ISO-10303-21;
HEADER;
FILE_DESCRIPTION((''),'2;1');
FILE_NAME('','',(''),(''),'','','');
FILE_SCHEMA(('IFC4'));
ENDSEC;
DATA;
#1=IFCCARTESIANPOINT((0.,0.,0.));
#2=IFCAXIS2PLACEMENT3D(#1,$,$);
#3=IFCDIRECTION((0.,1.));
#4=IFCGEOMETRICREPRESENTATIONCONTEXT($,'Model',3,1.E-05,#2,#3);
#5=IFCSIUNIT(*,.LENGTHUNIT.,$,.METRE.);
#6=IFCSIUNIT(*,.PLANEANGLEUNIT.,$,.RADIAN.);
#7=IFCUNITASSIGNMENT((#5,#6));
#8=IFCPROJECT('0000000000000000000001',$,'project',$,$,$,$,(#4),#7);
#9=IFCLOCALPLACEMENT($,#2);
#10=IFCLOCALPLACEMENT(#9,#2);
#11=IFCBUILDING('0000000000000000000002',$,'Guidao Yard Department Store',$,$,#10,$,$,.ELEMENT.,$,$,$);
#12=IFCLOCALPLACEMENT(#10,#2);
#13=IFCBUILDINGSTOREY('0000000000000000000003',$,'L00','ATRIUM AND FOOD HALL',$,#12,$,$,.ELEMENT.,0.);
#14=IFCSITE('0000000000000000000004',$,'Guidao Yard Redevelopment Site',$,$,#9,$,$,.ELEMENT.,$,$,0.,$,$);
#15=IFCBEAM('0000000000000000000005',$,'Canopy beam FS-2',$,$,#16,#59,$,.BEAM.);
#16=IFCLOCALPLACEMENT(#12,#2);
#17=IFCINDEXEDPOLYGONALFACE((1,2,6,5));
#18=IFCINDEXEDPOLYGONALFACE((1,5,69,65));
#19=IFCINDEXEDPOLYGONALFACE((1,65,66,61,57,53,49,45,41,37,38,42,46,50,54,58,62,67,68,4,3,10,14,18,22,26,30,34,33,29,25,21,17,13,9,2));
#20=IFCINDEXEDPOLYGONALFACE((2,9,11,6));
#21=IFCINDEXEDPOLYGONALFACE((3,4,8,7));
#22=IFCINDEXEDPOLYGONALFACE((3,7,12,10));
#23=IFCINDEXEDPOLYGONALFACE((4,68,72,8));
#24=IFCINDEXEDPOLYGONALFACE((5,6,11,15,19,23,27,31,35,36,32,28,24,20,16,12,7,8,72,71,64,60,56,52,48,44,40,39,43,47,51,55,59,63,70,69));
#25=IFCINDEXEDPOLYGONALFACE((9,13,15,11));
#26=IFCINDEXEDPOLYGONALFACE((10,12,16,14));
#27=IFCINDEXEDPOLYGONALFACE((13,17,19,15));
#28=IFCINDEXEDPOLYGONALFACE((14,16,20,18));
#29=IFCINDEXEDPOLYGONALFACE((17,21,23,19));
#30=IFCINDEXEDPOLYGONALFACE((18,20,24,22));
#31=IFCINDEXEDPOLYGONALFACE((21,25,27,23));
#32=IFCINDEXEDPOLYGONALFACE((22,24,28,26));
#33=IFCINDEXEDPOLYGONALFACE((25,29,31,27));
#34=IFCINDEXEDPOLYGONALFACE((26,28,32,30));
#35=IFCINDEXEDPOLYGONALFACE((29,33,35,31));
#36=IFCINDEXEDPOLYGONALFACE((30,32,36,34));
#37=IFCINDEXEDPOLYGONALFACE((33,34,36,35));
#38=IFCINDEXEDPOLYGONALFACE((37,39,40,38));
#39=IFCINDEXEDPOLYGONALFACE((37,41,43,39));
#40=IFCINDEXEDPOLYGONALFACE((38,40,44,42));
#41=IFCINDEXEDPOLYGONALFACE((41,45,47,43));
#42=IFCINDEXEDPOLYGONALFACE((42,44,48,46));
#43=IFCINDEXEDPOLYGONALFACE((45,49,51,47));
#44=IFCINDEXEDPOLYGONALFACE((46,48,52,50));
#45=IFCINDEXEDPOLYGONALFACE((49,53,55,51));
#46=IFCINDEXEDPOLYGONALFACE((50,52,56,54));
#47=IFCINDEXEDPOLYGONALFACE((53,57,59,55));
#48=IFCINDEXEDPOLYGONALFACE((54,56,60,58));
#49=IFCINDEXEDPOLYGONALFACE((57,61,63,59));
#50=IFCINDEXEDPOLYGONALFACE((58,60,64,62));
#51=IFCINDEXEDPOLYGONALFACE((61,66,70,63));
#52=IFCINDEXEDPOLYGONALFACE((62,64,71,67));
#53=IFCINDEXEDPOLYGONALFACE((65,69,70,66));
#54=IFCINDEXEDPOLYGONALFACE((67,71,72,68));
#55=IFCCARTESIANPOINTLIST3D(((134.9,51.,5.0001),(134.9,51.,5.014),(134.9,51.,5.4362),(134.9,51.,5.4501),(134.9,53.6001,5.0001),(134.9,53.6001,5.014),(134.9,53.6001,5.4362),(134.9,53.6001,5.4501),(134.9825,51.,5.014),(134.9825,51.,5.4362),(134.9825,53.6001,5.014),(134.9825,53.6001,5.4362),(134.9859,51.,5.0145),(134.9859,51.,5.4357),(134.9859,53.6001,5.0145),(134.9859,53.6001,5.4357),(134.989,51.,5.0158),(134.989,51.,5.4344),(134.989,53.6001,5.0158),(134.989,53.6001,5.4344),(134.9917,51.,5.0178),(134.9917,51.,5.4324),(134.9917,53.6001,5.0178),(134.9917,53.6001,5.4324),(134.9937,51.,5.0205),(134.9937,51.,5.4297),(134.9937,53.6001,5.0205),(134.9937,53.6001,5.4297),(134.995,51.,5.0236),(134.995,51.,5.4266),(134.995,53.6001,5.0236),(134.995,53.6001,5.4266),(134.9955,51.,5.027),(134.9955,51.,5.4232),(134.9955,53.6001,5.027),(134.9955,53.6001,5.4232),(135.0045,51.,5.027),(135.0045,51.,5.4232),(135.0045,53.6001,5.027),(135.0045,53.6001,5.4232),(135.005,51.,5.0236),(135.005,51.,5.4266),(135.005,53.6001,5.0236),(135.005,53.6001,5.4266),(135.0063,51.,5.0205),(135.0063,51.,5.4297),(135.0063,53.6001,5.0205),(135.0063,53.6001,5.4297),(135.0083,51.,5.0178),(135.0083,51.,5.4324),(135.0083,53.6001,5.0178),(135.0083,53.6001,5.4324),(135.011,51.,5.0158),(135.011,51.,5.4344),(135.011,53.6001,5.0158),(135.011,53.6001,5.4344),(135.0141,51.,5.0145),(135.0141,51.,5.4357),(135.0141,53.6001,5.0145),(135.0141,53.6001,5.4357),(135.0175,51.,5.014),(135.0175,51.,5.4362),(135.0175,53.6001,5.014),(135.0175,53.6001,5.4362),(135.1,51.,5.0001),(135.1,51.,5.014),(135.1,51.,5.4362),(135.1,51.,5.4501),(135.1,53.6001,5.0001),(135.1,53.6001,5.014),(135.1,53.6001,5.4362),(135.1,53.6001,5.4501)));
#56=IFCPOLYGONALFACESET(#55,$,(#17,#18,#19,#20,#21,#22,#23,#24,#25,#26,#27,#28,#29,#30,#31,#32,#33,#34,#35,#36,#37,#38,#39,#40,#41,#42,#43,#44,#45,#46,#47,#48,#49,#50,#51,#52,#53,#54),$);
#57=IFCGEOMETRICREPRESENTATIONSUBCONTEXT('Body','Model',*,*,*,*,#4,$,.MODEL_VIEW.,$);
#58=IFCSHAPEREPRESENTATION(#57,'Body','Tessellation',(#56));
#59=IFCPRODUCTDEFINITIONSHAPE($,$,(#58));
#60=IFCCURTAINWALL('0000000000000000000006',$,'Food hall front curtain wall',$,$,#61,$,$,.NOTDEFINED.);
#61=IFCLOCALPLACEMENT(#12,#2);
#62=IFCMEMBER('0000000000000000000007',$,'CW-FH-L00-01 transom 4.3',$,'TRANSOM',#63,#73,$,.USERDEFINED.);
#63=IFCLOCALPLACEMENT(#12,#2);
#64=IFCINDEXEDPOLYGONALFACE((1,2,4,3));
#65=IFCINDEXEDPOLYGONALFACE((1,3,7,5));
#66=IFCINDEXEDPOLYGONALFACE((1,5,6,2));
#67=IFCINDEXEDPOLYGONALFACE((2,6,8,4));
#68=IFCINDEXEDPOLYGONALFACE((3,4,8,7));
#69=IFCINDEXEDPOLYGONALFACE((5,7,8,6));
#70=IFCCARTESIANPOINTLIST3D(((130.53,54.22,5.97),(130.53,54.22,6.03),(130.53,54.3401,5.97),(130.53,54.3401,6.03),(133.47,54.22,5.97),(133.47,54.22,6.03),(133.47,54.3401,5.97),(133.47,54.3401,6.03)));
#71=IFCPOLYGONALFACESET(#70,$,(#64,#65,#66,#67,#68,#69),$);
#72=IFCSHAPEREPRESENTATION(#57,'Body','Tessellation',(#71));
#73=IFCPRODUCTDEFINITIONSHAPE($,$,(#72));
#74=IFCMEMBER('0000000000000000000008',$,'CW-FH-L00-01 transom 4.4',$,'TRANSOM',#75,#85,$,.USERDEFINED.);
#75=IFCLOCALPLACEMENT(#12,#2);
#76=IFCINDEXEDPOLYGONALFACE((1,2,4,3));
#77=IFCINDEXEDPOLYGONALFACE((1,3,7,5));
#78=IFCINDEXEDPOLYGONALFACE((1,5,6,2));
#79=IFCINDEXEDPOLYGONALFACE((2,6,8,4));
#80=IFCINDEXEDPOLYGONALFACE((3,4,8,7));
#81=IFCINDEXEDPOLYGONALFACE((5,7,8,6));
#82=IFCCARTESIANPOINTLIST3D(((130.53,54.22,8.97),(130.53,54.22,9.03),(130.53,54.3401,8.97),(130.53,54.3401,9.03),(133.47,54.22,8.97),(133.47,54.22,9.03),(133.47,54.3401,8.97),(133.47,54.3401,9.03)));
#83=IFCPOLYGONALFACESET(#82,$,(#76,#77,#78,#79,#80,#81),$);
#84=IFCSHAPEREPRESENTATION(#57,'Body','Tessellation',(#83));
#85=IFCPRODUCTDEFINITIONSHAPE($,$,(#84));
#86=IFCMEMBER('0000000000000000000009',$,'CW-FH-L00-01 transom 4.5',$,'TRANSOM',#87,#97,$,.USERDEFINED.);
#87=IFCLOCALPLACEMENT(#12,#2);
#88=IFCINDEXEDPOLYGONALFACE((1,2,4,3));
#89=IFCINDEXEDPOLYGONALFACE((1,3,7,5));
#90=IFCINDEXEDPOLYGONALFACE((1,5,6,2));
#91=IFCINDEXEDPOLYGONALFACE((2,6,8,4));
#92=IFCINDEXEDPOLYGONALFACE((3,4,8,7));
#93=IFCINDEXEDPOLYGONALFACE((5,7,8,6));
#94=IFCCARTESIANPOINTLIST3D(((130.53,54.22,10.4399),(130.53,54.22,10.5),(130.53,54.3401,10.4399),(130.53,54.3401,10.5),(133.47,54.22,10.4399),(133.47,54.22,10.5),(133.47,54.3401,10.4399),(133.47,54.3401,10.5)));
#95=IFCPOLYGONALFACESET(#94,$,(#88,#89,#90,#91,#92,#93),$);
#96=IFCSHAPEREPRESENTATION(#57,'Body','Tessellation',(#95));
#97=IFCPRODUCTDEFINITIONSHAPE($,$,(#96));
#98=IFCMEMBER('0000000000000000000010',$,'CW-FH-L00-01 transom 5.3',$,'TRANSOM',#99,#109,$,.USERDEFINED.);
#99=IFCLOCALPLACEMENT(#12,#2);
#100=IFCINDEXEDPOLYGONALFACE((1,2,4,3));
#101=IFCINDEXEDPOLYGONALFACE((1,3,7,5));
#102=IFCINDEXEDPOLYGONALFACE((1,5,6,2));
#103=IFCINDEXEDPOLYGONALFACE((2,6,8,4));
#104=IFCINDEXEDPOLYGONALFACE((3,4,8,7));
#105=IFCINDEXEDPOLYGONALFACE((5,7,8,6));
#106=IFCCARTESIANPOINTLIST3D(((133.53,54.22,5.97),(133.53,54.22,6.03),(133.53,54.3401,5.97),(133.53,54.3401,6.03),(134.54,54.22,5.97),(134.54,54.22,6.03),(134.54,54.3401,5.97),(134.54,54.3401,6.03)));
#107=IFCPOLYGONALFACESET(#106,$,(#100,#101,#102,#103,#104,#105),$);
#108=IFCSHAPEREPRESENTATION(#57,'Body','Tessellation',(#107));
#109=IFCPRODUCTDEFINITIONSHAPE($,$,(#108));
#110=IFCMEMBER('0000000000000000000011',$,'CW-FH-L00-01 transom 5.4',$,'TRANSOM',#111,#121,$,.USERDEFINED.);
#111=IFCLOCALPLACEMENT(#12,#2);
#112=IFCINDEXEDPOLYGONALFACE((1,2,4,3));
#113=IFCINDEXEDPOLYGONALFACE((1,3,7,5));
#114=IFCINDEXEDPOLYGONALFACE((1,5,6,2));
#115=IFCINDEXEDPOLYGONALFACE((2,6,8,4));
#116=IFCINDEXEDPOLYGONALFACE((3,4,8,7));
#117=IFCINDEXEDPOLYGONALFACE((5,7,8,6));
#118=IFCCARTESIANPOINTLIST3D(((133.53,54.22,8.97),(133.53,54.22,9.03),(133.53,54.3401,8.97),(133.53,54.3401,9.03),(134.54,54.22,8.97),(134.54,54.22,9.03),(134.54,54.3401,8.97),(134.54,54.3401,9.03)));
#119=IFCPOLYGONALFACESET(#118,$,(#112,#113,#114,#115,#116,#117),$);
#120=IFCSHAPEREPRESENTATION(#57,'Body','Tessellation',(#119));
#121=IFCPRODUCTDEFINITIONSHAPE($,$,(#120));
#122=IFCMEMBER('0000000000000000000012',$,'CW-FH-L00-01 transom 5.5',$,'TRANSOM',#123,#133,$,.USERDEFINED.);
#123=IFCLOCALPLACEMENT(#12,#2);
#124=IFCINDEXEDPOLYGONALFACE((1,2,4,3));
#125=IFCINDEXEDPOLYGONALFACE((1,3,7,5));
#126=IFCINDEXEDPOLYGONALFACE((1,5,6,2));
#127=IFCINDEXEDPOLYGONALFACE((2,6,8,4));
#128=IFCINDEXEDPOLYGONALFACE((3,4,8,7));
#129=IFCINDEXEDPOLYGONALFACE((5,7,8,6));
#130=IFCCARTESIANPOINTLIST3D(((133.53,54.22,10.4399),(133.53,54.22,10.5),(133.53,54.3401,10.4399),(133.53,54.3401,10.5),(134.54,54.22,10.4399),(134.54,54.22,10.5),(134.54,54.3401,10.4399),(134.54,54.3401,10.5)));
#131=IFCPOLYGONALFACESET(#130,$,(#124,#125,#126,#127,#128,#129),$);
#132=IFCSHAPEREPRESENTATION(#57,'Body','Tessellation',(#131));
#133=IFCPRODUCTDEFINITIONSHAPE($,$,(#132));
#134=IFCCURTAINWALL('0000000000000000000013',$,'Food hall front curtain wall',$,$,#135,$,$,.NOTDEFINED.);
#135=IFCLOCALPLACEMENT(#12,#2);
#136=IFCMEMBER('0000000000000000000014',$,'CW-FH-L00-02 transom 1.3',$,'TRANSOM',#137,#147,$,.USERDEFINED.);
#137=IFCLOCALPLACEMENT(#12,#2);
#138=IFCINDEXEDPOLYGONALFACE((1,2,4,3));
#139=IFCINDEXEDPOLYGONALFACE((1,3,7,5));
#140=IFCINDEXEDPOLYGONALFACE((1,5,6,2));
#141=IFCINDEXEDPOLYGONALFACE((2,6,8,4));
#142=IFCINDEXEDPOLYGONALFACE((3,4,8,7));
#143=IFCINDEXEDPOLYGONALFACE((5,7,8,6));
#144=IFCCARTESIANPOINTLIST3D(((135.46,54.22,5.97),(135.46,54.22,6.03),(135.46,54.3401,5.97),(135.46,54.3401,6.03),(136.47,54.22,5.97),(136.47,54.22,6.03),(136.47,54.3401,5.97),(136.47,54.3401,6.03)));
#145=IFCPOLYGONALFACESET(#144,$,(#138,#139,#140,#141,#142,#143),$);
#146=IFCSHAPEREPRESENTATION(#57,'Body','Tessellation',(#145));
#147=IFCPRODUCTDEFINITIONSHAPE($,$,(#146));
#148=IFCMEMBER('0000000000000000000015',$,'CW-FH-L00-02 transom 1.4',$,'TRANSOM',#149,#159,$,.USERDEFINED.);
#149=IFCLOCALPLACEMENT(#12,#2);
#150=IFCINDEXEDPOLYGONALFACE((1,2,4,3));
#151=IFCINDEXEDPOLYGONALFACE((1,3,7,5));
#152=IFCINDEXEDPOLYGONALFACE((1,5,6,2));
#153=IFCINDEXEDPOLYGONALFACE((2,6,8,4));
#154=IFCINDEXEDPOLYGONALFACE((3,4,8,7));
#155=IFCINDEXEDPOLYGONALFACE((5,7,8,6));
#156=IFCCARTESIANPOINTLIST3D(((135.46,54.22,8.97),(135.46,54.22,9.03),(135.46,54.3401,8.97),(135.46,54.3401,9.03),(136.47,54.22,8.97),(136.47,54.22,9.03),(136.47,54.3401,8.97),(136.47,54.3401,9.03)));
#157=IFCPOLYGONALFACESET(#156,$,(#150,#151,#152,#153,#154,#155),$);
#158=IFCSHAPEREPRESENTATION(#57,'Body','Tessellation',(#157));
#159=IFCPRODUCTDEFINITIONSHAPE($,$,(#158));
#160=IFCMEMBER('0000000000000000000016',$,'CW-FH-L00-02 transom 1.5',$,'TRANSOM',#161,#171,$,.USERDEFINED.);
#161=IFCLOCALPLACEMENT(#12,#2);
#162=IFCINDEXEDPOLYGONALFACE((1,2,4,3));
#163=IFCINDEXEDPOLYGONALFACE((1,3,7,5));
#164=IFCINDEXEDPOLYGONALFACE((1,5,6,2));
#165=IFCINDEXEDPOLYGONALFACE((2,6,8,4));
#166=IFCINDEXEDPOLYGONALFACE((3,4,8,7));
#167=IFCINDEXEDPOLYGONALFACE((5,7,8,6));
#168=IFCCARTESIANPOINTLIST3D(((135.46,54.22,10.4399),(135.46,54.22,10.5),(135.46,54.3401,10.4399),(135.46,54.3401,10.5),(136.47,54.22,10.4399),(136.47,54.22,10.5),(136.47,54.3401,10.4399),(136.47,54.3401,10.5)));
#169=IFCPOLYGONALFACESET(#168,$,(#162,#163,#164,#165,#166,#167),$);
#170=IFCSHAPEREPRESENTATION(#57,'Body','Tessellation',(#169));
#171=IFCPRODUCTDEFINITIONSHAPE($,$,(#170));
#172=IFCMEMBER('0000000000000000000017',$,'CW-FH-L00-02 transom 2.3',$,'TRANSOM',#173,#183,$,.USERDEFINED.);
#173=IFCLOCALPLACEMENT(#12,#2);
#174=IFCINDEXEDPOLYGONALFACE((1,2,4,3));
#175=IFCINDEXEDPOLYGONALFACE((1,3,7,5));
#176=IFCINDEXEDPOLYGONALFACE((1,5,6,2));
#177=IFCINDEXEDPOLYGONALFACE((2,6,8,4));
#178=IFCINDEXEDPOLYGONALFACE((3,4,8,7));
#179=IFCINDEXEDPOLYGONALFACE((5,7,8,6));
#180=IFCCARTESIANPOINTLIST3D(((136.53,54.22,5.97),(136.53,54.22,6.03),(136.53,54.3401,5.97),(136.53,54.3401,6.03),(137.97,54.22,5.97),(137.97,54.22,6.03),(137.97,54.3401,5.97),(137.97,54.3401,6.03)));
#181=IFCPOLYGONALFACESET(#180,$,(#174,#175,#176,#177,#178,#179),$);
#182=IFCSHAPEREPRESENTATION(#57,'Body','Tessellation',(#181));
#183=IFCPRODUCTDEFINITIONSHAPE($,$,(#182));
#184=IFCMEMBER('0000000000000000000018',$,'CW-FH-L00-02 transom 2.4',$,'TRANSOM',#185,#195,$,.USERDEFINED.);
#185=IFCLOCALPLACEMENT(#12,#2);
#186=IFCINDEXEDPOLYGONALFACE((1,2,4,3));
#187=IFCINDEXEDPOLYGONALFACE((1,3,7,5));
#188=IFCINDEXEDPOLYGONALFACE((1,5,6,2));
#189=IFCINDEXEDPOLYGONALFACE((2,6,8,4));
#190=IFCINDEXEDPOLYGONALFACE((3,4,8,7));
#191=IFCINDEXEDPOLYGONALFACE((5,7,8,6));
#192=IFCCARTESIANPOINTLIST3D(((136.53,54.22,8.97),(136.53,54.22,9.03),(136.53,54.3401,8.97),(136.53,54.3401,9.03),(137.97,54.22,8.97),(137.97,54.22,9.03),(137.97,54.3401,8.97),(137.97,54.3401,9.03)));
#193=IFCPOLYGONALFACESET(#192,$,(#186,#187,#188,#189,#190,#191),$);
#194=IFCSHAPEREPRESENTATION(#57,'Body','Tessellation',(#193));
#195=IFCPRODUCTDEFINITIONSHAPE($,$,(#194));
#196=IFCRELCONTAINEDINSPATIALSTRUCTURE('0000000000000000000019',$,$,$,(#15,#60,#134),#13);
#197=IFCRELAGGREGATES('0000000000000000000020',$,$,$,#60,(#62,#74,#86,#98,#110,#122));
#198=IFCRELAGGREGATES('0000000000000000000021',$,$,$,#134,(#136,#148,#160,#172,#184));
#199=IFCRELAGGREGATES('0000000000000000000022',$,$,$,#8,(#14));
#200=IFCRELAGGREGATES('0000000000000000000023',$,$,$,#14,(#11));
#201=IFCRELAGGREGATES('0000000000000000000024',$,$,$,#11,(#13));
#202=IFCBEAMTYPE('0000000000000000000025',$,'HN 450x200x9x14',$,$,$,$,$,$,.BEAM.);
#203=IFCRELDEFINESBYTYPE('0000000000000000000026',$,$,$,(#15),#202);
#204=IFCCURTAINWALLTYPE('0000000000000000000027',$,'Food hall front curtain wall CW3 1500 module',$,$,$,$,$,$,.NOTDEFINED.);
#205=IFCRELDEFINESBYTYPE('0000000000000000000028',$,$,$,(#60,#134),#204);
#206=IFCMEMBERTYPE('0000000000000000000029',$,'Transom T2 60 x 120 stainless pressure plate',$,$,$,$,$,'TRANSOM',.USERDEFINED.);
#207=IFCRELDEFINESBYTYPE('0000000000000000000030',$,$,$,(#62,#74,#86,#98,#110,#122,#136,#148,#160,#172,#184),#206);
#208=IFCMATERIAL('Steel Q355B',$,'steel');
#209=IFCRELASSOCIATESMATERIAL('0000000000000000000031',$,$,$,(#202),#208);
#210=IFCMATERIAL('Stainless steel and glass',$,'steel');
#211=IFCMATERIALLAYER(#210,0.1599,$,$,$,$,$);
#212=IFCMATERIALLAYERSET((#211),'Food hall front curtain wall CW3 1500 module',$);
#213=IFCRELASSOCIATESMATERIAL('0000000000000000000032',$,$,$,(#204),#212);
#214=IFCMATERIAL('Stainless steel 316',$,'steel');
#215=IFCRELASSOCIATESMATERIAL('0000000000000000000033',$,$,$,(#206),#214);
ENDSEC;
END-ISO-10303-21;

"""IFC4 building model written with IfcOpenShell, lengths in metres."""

from ifc_helpers import new_model, si_unit, direction, frame, origin, origin_2d, place, context, subcontext, project, spatial, rectangle, i_section, extrude, material, layer, layer_set, material_profile, profile_set, type_object, element, aggregate, save


model = new_model("IFC4")

# Units and contexts
model_context = context("Model", 3, precision=1e-05, world=origin(), true_north=direction((0.0, 1.0)))
body_context = subcontext(model_context, "Body", "Model", "MODEL_VIEW")
ifc_project = project(units=[si_unit("LENGTHUNIT", "METRE"), si_unit("PLANEANGLEUNIT", "RADIAN")], contexts=[model_context])

# Site, building, storey
site_placement = place(None, origin())
site = spatial("IfcSite", under=ifc_project, at=site_placement, Name="Guidao Yard Redevelopment Site", CompositionType="ELEMENT", RefElevation=0.0)
building_placement = place(site_placement, origin())
building = spatial("IfcBuilding", under=site, at=building_placement, Name="Guidao Yard Department Store", CompositionType="ELEMENT")
storey_placement = place(building_placement, origin())
storey = spatial("IfcBuildingStorey", under=building, at=storey_placement, Name="L00", Description="ATRIUM AND FOOD HALL", CompositionType="ELEMENT", Elevation=0.0)

# Beam
ifc_material_1 = material(Name="Steel Q355B", Category="steel")
ifc_material_profile_1 = material_profile(ifc_material_1, i_section(OverallWidth=0.2, OverallDepth=0.45, WebThickness=0.009, FlangeThickness=0.0139, FilletRadius=0.0129, at=origin_2d()), Name="HN 450x200x9x14")
ifc_profile_set_1 = profile_set([ifc_material_profile_1], Name="Steel Q355B")
beam_type = type_object("IfcBeamType", Name="HN 450x200x9x14", PredefinedType="BEAM", material=ifc_profile_set_1)
beam_placement = place(storey_placement, frame((135.0, 53.6001, 5.2251), z_axis=(0.0, -1.0, 0.0), x_axis=(1.0, 0.0, 0.0)))
element("IfcBeam", 1, at=beam_placement, inside=storey, type_object=beam_type, Name="Canopy beam FS-2", PredefinedType="BEAM", context=body_context, shape_type="SweptSolid", body=[
    extrude(i_section(OverallWidth=0.2, OverallDepth=0.45, WebThickness=0.009, FlangeThickness=0.0139, FilletRadius=0.0129, at=origin_2d()), origin(), (0.0, 0.0, 1.0), 2.6001),
])

# Curtain walls, members
ifc_material_2 = material(Name="Stainless steel and glass", Category="steel")
ifc_layer_1 = layer(ifc_material_2, 0.1599)
ifc_layer_set_1 = layer_set([ifc_layer_1], Name="Food hall front curtain wall CW3 1500 module")
curtain_wall_type = type_object("IfcCurtainWallType", Name="Food hall front curtain wall CW3 1500 module", PredefinedType="NOTDEFINED", material=ifc_layer_set_1)
curtain_wall_1_placement = place(storey_placement, origin())
curtain_wall_1 = element("IfcCurtainWall", 2, at=curtain_wall_1_placement, inside=storey, type_object=curtain_wall_type, Name="Food hall front curtain wall", PredefinedType="NOTDEFINED")
ifc_material_3 = material(Name="Stainless steel 316", Category="steel")
ifc_material_profile_2 = material_profile(ifc_material_3, rectangle(XDim=0.1201, YDim=0.0601, at=origin_2d()), Name="Transom T2 60 x 120 stainless pressure plate")
ifc_profile_set_2 = profile_set([ifc_material_profile_2], Name="Stainless steel 316")
member_type = type_object("IfcMemberType", Name="Transom T2 60 x 120 stainless pressure plate", ElementType="TRANSOM", PredefinedType="USERDEFINED", material=ifc_profile_set_2)
member_1_placement = place(storey_placement, frame((133.47, 54.28, 6.0), z_axis=(-1.0, 0.0, 0.0), x_axis=(0.0, -1.0, 0.0)))
member_1 = element("IfcMember", 3, at=member_1_placement, type_object=member_type, Name="CW-FH-L00-01 transom 4.3", ObjectType="TRANSOM", PredefinedType="USERDEFINED", context=body_context, shape_type="SweptSolid", body=[
    extrude(rectangle(XDim=0.1201, YDim=0.0601, at=origin_2d()), origin(), (0.0, 0.0, 1.0), 2.9399),
])
member_2_placement = place(storey_placement, frame((133.47, 54.28, 9.0), z_axis=(-1.0, 0.0, 0.0), x_axis=(0.0, -1.0, 0.0)))
member_2 = element("IfcMember", 4, at=member_2_placement, type_object=member_type, Name="CW-FH-L00-01 transom 4.4", ObjectType="TRANSOM", PredefinedType="USERDEFINED", context=body_context, shape_type="SweptSolid", body=[
    extrude(rectangle(XDim=0.1201, YDim=0.0601, at=origin_2d()), origin(), (0.0, 0.0, 1.0), 2.9399),
])
member_3_placement = place(storey_placement, frame((133.47, 54.28, 10.47), z_axis=(-1.0, 0.0, 0.0), x_axis=(0.0, -1.0, 0.0)))
member_3 = element("IfcMember", 5, at=member_3_placement, type_object=member_type, Name="CW-FH-L00-01 transom 4.5", ObjectType="TRANSOM", PredefinedType="USERDEFINED", context=body_context, shape_type="SweptSolid", body=[
    extrude(rectangle(XDim=0.1201, YDim=0.0601, at=origin_2d()), origin(), (0.0, 0.0, 1.0), 2.9399),
])
member_4_placement = place(storey_placement, frame((134.54, 54.28, 6.0), z_axis=(-1.0, 0.0, 0.0), x_axis=(0.0, -1.0, 0.0)))
member_4 = element("IfcMember", 6, at=member_4_placement, type_object=member_type, Name="CW-FH-L00-01 transom 5.3", ObjectType="TRANSOM", PredefinedType="USERDEFINED", context=body_context, shape_type="SweptSolid", body=[
    extrude(rectangle(XDim=0.1201, YDim=0.0601, at=origin_2d()), origin(), (0.0, 0.0, 1.0), 1.01),
])
member_5_placement = place(storey_placement, frame((134.54, 54.28, 9.0), z_axis=(-1.0, 0.0, 0.0), x_axis=(0.0, -1.0, 0.0)))
member_5 = element("IfcMember", 7, at=member_5_placement, type_object=member_type, Name="CW-FH-L00-01 transom 5.4", ObjectType="TRANSOM", PredefinedType="USERDEFINED", context=body_context, shape_type="SweptSolid", body=[
    extrude(rectangle(XDim=0.1201, YDim=0.0601, at=origin_2d()), origin(), (0.0, 0.0, 1.0), 1.01),
])
member_6_placement = place(storey_placement, frame((134.54, 54.28, 10.47), z_axis=(-1.0, 0.0, 0.0), x_axis=(0.0, -1.0, 0.0)))
member_6 = element("IfcMember", 8, at=member_6_placement, type_object=member_type, Name="CW-FH-L00-01 transom 5.5", ObjectType="TRANSOM", PredefinedType="USERDEFINED", context=body_context, shape_type="SweptSolid", body=[
    extrude(rectangle(XDim=0.1201, YDim=0.0601, at=origin_2d()), origin(), (0.0, 0.0, 1.0), 1.01),
])
curtain_wall_2_placement = place(storey_placement, origin())
curtain_wall_2 = element("IfcCurtainWall", 9, at=curtain_wall_2_placement, inside=storey, type_object=curtain_wall_type, Name="Food hall front curtain wall", PredefinedType="NOTDEFINED")
member_7_placement = place(storey_placement, frame((136.47, 54.28, 6.0), z_axis=(-1.0, 0.0, 0.0), x_axis=(0.0, -1.0, 0.0)))
member_7 = element("IfcMember", 10, at=member_7_placement, type_object=member_type, Name="CW-FH-L00-02 transom 1.3", ObjectType="TRANSOM", PredefinedType="USERDEFINED", context=body_context, shape_type="SweptSolid", body=[
    extrude(rectangle(XDim=0.1201, YDim=0.0601, at=origin_2d()), origin(), (0.0, 0.0, 1.0), 1.01),
])
member_8_placement = place(storey_placement, frame((136.47, 54.28, 9.0), z_axis=(-1.0, 0.0, 0.0), x_axis=(0.0, -1.0, 0.0)))
member_8 = element("IfcMember", 11, at=member_8_placement, type_object=member_type, Name="CW-FH-L00-02 transom 1.4", ObjectType="TRANSOM", PredefinedType="USERDEFINED", context=body_context, shape_type="SweptSolid", body=[
    extrude(rectangle(XDim=0.1201, YDim=0.0601, at=origin_2d()), origin(), (0.0, 0.0, 1.0), 1.01),
])
member_9_placement = place(storey_placement, frame((136.47, 54.28, 10.47), z_axis=(-1.0, 0.0, 0.0), x_axis=(0.0, -1.0, 0.0)))
member_9 = element("IfcMember", 12, at=member_9_placement, type_object=member_type, Name="CW-FH-L00-02 transom 1.5", ObjectType="TRANSOM", PredefinedType="USERDEFINED", context=body_context, shape_type="SweptSolid", body=[
    extrude(rectangle(XDim=0.1201, YDim=0.0601, at=origin_2d()), origin(), (0.0, 0.0, 1.0), 1.01),
])
member_10_placement = place(storey_placement, frame((137.97, 54.28, 6.0), z_axis=(-1.0, 0.0, 0.0), x_axis=(0.0, -1.0, 0.0)))
member_10 = element("IfcMember", 13, at=member_10_placement, type_object=member_type, Name="CW-FH-L00-02 transom 2.3", ObjectType="TRANSOM", PredefinedType="USERDEFINED", context=body_context, shape_type="SweptSolid", body=[
    extrude(rectangle(XDim=0.1201, YDim=0.0601, at=origin_2d()), origin(), (0.0, 0.0, 1.0), 1.4399),
])
member_11_placement = place(storey_placement, frame((137.97, 54.28, 9.0), z_axis=(-1.0, 0.0, 0.0), x_axis=(0.0, -1.0, 0.0)))
member_11 = element("IfcMember", 14, at=member_11_placement, type_object=member_type, Name="CW-FH-L00-02 transom 2.4", ObjectType="TRANSOM", PredefinedType="USERDEFINED", context=body_context, shape_type="SweptSolid", body=[
    extrude(rectangle(XDim=0.1201, YDim=0.0601, at=origin_2d()), origin(), (0.0, 0.0, 1.0), 1.4399),
])

aggregate(curtain_wall_1, [member_1, member_2, member_3, member_4, member_5, member_6])
aggregate(curtain_wall_2, [member_7, member_8, member_9, member_10, member_11])

save(model, "model.ifc")
